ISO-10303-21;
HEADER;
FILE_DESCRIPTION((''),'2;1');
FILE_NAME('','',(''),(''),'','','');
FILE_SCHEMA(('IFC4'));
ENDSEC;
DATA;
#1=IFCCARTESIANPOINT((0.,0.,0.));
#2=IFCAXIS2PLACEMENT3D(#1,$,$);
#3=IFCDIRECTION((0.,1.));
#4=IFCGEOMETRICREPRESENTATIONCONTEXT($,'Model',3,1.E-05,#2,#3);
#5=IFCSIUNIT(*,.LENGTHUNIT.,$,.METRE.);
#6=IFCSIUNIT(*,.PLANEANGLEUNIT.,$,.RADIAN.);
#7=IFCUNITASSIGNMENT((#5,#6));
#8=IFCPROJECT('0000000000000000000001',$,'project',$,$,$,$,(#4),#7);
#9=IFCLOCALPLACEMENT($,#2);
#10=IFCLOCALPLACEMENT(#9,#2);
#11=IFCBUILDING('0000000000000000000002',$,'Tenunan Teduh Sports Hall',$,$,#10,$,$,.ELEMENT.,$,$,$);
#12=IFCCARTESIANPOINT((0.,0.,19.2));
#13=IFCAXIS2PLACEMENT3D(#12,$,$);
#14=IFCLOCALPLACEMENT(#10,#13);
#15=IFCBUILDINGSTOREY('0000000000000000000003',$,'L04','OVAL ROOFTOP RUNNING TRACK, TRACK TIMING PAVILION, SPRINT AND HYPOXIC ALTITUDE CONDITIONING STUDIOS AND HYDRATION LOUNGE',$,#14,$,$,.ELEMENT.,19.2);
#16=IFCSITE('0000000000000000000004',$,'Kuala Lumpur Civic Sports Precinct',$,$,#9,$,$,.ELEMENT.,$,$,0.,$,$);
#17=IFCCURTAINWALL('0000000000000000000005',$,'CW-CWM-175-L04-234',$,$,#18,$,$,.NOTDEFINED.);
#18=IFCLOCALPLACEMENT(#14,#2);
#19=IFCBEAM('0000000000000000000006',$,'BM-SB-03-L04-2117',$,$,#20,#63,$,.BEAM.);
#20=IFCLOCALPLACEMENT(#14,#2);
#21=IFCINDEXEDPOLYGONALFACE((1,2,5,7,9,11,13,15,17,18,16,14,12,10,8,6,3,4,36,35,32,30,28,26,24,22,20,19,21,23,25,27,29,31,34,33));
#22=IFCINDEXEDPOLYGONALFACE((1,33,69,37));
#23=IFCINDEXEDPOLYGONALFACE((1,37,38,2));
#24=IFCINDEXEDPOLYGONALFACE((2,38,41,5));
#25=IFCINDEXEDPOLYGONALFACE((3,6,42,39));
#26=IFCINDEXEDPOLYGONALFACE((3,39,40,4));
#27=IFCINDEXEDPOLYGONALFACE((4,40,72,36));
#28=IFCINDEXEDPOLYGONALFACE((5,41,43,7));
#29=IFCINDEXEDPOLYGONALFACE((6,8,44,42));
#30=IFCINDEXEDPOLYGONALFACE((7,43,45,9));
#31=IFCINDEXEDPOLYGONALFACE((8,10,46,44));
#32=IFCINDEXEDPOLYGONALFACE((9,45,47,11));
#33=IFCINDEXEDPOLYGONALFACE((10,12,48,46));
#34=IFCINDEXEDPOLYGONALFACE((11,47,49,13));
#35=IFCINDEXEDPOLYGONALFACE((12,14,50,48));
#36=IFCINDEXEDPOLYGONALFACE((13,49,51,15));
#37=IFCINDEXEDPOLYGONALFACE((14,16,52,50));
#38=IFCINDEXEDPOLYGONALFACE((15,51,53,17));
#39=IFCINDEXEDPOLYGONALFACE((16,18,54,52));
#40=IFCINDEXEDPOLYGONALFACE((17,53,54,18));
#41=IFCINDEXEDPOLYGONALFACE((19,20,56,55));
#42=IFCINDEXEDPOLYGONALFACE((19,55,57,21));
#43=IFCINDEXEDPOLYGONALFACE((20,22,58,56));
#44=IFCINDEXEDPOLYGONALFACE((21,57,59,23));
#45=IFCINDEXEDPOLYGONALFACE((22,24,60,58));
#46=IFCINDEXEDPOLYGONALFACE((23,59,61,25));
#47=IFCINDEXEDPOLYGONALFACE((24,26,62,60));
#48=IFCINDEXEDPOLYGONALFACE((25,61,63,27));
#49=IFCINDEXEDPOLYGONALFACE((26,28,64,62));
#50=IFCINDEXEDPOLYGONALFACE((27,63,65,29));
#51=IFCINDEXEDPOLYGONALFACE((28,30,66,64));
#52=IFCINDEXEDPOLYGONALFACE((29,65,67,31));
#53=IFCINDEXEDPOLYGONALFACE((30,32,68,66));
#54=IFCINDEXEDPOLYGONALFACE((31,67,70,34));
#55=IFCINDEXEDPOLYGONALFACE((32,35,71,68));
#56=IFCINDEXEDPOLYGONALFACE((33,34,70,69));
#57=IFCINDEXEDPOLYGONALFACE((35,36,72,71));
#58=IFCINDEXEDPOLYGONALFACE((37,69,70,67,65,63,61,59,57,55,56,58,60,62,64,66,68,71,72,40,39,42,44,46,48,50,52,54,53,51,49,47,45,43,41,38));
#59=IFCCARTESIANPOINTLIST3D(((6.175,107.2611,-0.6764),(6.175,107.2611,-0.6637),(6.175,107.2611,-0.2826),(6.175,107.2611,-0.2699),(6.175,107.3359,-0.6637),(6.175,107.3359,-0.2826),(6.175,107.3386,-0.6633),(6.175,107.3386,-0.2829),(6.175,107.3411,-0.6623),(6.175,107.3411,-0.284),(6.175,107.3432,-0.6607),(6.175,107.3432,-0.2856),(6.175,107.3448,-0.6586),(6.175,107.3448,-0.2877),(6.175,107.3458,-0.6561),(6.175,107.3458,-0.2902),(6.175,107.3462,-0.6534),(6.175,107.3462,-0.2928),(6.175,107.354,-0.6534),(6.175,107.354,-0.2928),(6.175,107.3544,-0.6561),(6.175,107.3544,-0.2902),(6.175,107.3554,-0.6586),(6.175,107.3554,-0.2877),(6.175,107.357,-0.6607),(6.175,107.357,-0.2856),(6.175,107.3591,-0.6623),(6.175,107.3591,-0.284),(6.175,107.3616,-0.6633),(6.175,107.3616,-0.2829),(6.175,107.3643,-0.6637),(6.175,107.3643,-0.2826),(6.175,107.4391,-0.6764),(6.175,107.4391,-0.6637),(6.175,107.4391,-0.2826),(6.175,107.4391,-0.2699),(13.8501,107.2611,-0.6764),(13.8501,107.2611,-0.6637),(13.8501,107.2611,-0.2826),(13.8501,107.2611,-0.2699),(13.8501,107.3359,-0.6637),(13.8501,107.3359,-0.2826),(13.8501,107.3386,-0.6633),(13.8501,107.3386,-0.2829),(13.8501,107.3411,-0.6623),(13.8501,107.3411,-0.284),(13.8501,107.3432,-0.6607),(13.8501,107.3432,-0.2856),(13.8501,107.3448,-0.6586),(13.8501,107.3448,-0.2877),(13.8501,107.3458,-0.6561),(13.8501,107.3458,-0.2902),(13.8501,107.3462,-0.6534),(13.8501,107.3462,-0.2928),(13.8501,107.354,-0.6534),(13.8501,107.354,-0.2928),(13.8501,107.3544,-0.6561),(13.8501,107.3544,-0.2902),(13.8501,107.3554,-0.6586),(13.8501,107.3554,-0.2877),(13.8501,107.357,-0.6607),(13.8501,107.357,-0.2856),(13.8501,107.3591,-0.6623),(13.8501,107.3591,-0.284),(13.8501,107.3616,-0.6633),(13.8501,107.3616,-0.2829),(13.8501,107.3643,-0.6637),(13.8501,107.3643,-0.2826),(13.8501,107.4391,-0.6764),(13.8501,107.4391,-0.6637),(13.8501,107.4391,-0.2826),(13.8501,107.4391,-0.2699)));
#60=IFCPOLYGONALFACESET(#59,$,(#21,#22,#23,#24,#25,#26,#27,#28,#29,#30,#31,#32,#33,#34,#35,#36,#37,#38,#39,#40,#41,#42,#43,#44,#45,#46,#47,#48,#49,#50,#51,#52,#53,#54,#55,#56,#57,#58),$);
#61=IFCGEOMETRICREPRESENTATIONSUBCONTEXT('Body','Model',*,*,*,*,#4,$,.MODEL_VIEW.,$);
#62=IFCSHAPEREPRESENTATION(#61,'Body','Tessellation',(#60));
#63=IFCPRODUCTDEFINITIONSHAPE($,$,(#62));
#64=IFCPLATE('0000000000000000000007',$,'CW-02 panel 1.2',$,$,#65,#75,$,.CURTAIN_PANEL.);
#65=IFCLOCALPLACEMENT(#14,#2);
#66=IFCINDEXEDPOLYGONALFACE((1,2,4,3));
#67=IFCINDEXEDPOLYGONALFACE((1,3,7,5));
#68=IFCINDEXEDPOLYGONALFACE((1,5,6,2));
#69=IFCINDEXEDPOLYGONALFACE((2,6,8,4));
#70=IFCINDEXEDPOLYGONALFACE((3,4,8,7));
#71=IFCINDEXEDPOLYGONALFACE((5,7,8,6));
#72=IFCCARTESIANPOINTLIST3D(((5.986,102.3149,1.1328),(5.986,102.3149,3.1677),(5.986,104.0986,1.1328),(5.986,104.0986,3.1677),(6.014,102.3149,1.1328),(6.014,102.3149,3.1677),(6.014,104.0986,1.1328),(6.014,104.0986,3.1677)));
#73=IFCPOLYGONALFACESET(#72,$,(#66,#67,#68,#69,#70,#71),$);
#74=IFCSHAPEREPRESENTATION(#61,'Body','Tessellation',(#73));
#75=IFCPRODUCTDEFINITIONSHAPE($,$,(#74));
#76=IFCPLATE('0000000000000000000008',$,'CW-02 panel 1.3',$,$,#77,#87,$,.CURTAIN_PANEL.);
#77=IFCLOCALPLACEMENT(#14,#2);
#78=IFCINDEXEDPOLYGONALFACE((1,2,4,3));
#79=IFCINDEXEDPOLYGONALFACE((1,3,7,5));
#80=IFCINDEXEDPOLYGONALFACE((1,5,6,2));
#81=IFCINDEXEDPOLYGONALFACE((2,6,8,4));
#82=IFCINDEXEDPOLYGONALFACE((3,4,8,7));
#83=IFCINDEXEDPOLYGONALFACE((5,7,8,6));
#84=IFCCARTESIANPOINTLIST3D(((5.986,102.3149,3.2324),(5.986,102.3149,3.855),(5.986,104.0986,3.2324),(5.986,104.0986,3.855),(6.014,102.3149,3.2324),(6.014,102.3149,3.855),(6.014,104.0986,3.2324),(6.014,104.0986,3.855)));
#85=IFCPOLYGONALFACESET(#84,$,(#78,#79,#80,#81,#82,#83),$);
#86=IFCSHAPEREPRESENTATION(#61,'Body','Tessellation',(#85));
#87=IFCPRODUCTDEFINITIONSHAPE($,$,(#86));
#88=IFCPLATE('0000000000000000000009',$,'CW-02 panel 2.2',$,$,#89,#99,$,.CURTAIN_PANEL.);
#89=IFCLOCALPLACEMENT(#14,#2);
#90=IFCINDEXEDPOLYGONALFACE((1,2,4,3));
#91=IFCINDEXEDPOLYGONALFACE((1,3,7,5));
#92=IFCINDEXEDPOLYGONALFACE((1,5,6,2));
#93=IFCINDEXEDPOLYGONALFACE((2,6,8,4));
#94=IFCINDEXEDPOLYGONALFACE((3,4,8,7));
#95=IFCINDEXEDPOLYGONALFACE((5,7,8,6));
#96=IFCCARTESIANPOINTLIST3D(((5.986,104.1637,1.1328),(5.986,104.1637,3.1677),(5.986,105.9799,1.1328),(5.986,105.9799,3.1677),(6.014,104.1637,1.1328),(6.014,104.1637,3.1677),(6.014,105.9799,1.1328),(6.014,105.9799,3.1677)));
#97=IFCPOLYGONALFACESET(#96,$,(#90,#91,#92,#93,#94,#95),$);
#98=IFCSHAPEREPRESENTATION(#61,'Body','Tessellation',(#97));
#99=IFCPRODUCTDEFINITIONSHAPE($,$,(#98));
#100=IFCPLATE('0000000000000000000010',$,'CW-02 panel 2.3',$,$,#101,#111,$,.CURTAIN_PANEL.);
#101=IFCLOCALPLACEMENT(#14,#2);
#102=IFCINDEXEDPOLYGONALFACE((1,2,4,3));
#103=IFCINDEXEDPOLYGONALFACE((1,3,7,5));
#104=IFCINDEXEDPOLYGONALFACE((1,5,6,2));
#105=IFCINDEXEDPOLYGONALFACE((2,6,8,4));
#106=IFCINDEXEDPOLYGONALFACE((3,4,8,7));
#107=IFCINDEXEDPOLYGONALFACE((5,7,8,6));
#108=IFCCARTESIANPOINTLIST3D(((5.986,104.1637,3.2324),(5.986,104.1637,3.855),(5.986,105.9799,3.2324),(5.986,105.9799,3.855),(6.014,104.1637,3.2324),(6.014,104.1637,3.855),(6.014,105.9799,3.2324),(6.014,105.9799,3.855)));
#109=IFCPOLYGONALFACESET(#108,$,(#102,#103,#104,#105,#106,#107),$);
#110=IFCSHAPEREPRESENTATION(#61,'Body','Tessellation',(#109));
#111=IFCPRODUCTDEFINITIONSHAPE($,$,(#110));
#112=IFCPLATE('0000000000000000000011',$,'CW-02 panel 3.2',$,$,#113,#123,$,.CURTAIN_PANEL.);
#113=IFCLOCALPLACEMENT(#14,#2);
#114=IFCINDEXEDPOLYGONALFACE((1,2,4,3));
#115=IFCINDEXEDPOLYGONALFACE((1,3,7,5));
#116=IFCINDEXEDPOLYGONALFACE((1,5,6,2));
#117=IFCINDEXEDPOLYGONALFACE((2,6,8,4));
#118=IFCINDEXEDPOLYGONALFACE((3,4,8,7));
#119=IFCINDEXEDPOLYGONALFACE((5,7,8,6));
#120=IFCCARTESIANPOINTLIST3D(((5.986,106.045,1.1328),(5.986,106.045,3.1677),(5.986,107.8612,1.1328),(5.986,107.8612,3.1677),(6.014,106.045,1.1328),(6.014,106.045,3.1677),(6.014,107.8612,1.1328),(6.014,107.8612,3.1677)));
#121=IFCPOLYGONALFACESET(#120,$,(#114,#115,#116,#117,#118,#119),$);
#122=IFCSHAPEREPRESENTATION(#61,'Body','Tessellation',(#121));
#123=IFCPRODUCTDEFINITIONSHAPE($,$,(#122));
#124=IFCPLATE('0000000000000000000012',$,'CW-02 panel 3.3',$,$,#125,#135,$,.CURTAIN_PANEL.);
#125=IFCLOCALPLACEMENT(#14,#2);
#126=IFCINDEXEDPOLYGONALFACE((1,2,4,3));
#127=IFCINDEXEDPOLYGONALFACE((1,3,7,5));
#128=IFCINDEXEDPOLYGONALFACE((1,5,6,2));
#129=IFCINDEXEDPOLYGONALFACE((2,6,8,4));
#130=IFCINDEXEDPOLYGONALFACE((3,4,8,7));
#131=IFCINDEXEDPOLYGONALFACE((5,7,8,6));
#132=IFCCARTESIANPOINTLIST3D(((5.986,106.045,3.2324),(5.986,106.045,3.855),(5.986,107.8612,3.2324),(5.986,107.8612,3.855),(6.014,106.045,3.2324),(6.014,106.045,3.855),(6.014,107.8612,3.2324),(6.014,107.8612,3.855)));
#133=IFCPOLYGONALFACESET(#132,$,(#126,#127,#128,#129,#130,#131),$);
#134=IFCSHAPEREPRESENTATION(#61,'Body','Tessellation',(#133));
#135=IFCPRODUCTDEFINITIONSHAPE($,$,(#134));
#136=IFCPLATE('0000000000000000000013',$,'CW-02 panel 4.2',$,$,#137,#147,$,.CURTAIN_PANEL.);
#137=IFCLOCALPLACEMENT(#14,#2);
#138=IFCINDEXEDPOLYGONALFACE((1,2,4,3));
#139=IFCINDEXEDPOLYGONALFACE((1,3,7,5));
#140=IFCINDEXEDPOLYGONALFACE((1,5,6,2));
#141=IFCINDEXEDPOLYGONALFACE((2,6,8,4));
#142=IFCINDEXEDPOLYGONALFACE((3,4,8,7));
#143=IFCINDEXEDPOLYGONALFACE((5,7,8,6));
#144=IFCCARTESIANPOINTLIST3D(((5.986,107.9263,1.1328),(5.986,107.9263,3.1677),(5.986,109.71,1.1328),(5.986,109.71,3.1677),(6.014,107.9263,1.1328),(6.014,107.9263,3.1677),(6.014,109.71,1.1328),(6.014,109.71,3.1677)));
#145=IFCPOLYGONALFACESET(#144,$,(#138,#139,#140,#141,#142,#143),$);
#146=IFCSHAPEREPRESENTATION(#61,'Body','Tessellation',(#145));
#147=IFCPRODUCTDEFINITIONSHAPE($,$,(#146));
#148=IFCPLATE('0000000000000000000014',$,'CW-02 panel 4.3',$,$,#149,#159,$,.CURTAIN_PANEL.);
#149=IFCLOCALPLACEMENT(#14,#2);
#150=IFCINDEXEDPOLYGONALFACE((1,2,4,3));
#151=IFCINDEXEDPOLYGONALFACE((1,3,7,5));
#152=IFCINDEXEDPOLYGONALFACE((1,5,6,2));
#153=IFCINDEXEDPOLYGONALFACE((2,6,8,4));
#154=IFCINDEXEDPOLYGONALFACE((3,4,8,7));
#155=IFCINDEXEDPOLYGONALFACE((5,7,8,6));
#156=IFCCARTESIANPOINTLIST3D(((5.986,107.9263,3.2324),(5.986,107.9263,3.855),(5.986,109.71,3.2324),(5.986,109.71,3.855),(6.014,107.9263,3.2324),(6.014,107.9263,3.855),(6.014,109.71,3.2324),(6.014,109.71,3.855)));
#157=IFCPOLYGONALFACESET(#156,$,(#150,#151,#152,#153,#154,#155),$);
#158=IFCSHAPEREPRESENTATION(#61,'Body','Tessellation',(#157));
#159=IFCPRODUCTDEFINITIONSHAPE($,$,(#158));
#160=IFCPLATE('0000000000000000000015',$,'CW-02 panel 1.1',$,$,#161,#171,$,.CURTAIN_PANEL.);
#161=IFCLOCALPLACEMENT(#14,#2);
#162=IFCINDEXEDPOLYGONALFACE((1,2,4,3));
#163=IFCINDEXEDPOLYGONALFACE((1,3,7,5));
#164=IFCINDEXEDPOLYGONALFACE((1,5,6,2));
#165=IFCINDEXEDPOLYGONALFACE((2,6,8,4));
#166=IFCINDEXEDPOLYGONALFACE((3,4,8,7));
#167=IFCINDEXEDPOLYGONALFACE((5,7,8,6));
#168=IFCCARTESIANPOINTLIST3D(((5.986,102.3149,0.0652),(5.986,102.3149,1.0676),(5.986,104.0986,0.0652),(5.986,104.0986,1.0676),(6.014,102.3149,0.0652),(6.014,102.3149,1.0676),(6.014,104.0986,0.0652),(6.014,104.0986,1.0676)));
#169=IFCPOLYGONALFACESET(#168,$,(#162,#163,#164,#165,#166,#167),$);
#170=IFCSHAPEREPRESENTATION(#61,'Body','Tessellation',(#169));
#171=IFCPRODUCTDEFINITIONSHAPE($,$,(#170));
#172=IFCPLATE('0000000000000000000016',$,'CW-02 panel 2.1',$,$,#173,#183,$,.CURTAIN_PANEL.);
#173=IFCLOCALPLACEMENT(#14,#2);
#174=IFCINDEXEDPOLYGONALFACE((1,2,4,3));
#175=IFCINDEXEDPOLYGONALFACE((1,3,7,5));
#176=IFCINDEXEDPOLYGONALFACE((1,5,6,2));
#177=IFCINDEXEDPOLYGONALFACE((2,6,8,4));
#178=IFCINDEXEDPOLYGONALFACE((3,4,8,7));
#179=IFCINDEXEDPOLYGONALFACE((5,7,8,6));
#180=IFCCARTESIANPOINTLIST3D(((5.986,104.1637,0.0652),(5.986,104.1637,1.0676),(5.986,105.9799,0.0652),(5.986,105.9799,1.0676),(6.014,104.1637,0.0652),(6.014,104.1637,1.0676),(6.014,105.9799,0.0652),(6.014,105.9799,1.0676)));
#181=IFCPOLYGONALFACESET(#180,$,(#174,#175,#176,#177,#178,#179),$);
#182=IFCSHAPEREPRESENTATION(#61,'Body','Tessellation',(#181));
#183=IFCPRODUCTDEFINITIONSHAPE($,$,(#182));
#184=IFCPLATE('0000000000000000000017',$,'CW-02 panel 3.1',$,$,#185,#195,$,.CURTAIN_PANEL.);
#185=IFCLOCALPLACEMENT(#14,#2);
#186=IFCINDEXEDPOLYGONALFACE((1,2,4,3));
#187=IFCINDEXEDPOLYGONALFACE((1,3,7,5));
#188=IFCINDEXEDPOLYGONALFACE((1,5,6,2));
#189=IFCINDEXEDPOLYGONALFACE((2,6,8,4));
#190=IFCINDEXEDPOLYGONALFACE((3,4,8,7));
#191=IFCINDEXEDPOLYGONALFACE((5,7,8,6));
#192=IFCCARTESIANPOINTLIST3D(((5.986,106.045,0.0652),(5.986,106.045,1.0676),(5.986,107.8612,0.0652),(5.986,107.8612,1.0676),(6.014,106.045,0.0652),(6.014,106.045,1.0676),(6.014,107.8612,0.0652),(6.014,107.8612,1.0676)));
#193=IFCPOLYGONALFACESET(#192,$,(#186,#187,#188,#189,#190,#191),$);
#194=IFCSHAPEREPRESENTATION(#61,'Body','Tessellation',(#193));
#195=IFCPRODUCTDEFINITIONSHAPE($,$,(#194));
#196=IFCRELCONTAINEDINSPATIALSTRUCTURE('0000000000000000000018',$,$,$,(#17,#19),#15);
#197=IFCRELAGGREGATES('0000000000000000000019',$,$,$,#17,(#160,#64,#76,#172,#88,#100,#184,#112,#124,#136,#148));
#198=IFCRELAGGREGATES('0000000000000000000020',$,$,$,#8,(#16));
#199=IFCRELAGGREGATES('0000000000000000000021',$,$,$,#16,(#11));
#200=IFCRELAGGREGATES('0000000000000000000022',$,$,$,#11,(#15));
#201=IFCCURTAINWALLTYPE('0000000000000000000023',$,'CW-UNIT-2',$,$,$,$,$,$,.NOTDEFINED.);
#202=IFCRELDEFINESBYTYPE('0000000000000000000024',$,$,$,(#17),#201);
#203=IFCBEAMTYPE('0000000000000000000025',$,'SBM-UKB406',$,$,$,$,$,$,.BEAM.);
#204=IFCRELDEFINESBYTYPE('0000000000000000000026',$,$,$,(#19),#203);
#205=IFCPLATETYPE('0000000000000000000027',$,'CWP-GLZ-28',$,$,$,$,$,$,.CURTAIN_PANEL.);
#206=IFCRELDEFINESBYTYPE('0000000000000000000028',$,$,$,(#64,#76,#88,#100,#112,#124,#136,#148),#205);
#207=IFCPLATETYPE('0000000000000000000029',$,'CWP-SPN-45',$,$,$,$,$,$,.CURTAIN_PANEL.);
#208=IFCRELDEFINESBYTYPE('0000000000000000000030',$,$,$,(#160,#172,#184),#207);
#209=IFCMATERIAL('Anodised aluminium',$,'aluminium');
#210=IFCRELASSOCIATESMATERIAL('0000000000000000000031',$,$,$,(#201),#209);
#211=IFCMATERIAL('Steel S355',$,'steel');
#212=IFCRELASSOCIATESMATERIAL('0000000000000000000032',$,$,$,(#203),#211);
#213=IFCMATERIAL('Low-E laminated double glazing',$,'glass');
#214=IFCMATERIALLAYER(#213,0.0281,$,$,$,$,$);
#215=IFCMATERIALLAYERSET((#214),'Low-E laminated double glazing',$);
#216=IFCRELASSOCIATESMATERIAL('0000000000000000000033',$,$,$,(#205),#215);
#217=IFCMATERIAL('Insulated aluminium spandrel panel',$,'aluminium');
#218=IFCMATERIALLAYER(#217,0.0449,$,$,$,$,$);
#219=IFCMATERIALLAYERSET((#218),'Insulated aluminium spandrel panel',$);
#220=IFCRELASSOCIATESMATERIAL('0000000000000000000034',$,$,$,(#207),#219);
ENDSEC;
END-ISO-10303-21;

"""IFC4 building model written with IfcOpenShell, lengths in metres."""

from ifc_helpers import new_model, si_unit, direction, frame, origin, origin_2d, place, context, subcontext, project, spatial, rectangle, i_section, extrude, material, layer, layer_set, material_profile, profile_set, type_object, element, aggregate, save


model = new_model("IFC4")

# Units and contexts
model_context = context("Model", 3, precision=1e-05, world=origin(), true_north=direction((0.0, 1.0)))
body_context = subcontext(model_context, "Body", "Model", "MODEL_VIEW")
ifc_project = project(units=[si_unit("LENGTHUNIT", "METRE"), si_unit("PLANEANGLEUNIT", "RADIAN")], contexts=[model_context])

# Site, building, storey
site_placement = place(None, origin())
site = spatial("IfcSite", under=ifc_project, at=site_placement, Name="Kuala Lumpur Civic Sports Precinct", CompositionType="ELEMENT", RefElevation=0.0)
building_placement = place(site_placement, origin())
building = spatial("IfcBuilding", under=site, at=building_placement, Name="Tenunan Teduh Sports Hall", CompositionType="ELEMENT")
storey_placement = place(building_placement, frame((0.0, 0.0, 19.2)))
storey = spatial("IfcBuildingStorey", under=building, at=storey_placement, Name="L04", Description="OVAL ROOFTOP RUNNING TRACK, TRACK TIMING PAVILION, SPRINT AND HYPOXIC ALTITUDE CONDITIONING STUDIOS AND HYDRATION LOUNGE", CompositionType="ELEMENT", Elevation=19.2)

# Curtain wall
ifc_material_1 = material(Name="Anodised aluminium", Category="aluminium")
curtain_wall_type = type_object("IfcCurtainWallType", Name="CW-UNIT-2", PredefinedType="NOTDEFINED", material=ifc_material_1)
curtain_wall_1_placement = place(storey_placement, origin())
curtain_wall_1 = element("IfcCurtainWall", 1, at=curtain_wall_1_placement, inside=storey, type_object=curtain_wall_type, Name="CW-CWM-175-L04-234", PredefinedType="NOTDEFINED")

# Beam
ifc_material_2 = material(Name="Steel S355", Category="steel")
ifc_material_profile_1 = material_profile(ifc_material_2, i_section(OverallWidth=0.178, OverallDepth=0.4065, WebThickness=0.0078, FlangeThickness=0.0127, FilletRadius=0.0103, at=origin_2d()), Name="UKB 406x178x60")
ifc_profile_set_1 = profile_set([ifc_material_profile_1], Name="Steel S355")
beam_type_1 = type_object("IfcBeamType", Name="SBM-UKB406", PredefinedType="BEAM", material=ifc_profile_set_1)
beam_1_placement = place(storey_placement, frame((6.175, 107.3501, -0.4731), z_axis=(1.0, 0.0, 0.0), x_axis=(0.0, 1.0, 0.0)))
element("IfcBeam", 2, at=beam_1_placement, inside=storey, type_object=beam_type_1, Name="BM-SB-03-L04-2117", PredefinedType="BEAM", context=body_context, shape_type="SweptSolid", body=[
    extrude(i_section(OverallWidth=0.178, OverallDepth=0.4065, WebThickness=0.0078, FlangeThickness=0.0127, FilletRadius=0.0103, at=origin_2d()), origin(), (0.0, 0.0, 1.0), 7.675),
])

# Plates
ifc_material_3 = material(Name="Low-E laminated double glazing", Category="glass")
ifc_layer_1 = layer(ifc_material_3, 0.0281)
ifc_layer_set_1 = layer_set([ifc_layer_1], Name="Low-E laminated double glazing")
plate_type_1 = type_object("IfcPlateType", Name="CWP-GLZ-28", PredefinedType="CURTAIN_PANEL", material=ifc_layer_set_1)
plate_1_placement = place(storey_placement, frame((6.0, 103.2068, 1.1328), z_axis=(0.0, 0.0, 1.0), x_axis=(0.0, 1.0, 0.0)))
plate_1 = element("IfcPlate", 3, at=plate_1_placement, type_object=plate_type_1, Name="CW-02 panel 1.2", PredefinedType="CURTAIN_PANEL", context=body_context, shape_type="SweptSolid", body=[
    extrude(rectangle(XDim=1.7837, YDim=0.0281, at=origin_2d()), origin(), (0.0, 0.0, 1.0), 2.0349),
])
plate_2_placement = place(storey_placement, frame((6.0, 103.2068, 3.2324), z_axis=(0.0, 0.0, 1.0), x_axis=(0.0, 1.0, 0.0)))
plate_2 = element("IfcPlate", 4, at=plate_2_placement, type_object=plate_type_1, Name="CW-02 panel 1.3", PredefinedType="CURTAIN_PANEL", context=body_context, shape_type="SweptSolid", body=[
    extrude(rectangle(XDim=1.7837, YDim=0.0281, at=origin_2d()), origin(), (0.0, 0.0, 1.0), 0.6226),
])
plate_3_placement = place(storey_placement, frame((6.0, 105.0718, 1.1328), z_axis=(0.0, 0.0, 1.0), x_axis=(0.0, 1.0, 0.0)))
plate_3 = element("IfcPlate", 5, at=plate_3_placement, type_object=plate_type_1, Name="CW-02 panel 2.2", PredefinedType="CURTAIN_PANEL", context=body_context, shape_type="SweptSolid", body=[
    extrude(rectangle(XDim=1.8162, YDim=0.0281, at=origin_2d()), origin(), (0.0, 0.0, 1.0), 2.0349),
])
plate_4_placement = place(storey_placement, frame((6.0, 105.0718, 3.2324), z_axis=(0.0, 0.0, 1.0), x_axis=(0.0, 1.0, 0.0)))
plate_4 = element("IfcPlate", 6, at=plate_4_placement, type_object=plate_type_1, Name="CW-02 panel 2.3", PredefinedType="CURTAIN_PANEL", context=body_context, shape_type="SweptSolid", body=[
    extrude(rectangle(XDim=1.8162, YDim=0.0281, at=origin_2d()), origin(), (0.0, 0.0, 1.0), 0.6226),
])
plate_5_placement = place(storey_placement, frame((6.0, 106.9531, 1.1328), z_axis=(0.0, 0.0, 1.0), x_axis=(0.0, 1.0, 0.0)))
plate_5 = element("IfcPlate", 7, at=plate_5_placement, type_object=plate_type_1, Name="CW-02 panel 3.2", PredefinedType="CURTAIN_PANEL", context=body_context, shape_type="SweptSolid", body=[
    extrude(rectangle(XDim=1.8162, YDim=0.0281, at=origin_2d()), origin(), (0.0, 0.0, 1.0), 2.0349),
])
plate_6_placement = place(storey_placement, frame((6.0, 106.9531, 3.2324), z_axis=(0.0, 0.0, 1.0), x_axis=(0.0, 1.0, 0.0)))
plate_6 = element("IfcPlate", 8, at=plate_6_placement, type_object=plate_type_1, Name="CW-02 panel 3.3", PredefinedType="CURTAIN_PANEL", context=body_context, shape_type="SweptSolid", body=[
    extrude(rectangle(XDim=1.8162, YDim=0.0281, at=origin_2d()), origin(), (0.0, 0.0, 1.0), 0.6226),
])
plate_7_placement = place(storey_placement, frame((6.0, 108.8181, 1.1328), z_axis=(0.0, 0.0, 1.0), x_axis=(0.0, 1.0, 0.0)))
plate_7 = element("IfcPlate", 9, at=plate_7_placement, type_object=plate_type_1, Name="CW-02 panel 4.2", PredefinedType="CURTAIN_PANEL", context=body_context, shape_type="SweptSolid", body=[
    extrude(rectangle(XDim=1.7837, YDim=0.0281, at=origin_2d()), origin(), (0.0, 0.0, 1.0), 2.0349),
])
plate_8_placement = place(storey_placement, frame((6.0, 108.8181, 3.2324), z_axis=(0.0, 0.0, 1.0), x_axis=(0.0, 1.0, 0.0)))
plate_8 = element("IfcPlate", 10, at=plate_8_placement, type_object=plate_type_1, Name="CW-02 panel 4.3", PredefinedType="CURTAIN_PANEL", context=body_context, shape_type="SweptSolid", body=[
    extrude(rectangle(XDim=1.7837, YDim=0.0281, at=origin_2d()), origin(), (0.0, 0.0, 1.0), 0.6226),
])
ifc_material_4 = material(Name="Insulated aluminium spandrel panel", Category="aluminium")
ifc_layer_2 = layer(ifc_material_4, 0.0449)
ifc_layer_set_2 = layer_set([ifc_layer_2], Name="Insulated aluminium spandrel panel")
plate_type_2 = type_object("IfcPlateType", Name="CWP-SPN-45", PredefinedType="CURTAIN_PANEL", material=ifc_layer_set_2)
plate_9_placement = place(storey_placement, frame((6.0, 103.2068, 0.0652), z_axis=(0.0, 0.0, 1.0), x_axis=(0.0, 1.0, 0.0)))
plate_9 = element("IfcPlate", 11, at=plate_9_placement, type_object=plate_type_2, Name="CW-02 panel 1.1", PredefinedType="CURTAIN_PANEL", context=body_context, shape_type="SweptSolid", body=[
    extrude(rectangle(XDim=1.7837, YDim=0.0281, at=origin_2d()), origin(), (0.0, 0.0, 1.0), 1.0024),
])
plate_10_placement = place(storey_placement, frame((6.0, 105.0718, 0.0652), z_axis=(0.0, 0.0, 1.0), x_axis=(0.0, 1.0, 0.0)))
plate_10 = element("IfcPlate", 12, at=plate_10_placement, type_object=plate_type_2, Name="CW-02 panel 2.1", PredefinedType="CURTAIN_PANEL", context=body_context, shape_type="SweptSolid", body=[
    extrude(rectangle(XDim=1.8162, YDim=0.0281, at=origin_2d()), origin(), (0.0, 0.0, 1.0), 1.0024),
])
plate_11_placement = place(storey_placement, frame((6.0, 106.9531, 0.0652), z_axis=(0.0, 0.0, 1.0), x_axis=(0.0, 1.0, 0.0)))
plate_11 = element("IfcPlate", 13, at=plate_11_placement, type_object=plate_type_2, Name="CW-02 panel 3.1", PredefinedType="CURTAIN_PANEL", context=body_context, shape_type="SweptSolid", body=[
    extrude(rectangle(XDim=1.8162, YDim=0.0281, at=origin_2d()), origin(), (0.0, 0.0, 1.0), 1.0024),
])
aggregate(curtain_wall_1, [plate_9, plate_1, plate_2, plate_10, plate_3, plate_4, plate_11, plate_5, plate_6, plate_7, plate_8])

save(model, "model.ifc")
